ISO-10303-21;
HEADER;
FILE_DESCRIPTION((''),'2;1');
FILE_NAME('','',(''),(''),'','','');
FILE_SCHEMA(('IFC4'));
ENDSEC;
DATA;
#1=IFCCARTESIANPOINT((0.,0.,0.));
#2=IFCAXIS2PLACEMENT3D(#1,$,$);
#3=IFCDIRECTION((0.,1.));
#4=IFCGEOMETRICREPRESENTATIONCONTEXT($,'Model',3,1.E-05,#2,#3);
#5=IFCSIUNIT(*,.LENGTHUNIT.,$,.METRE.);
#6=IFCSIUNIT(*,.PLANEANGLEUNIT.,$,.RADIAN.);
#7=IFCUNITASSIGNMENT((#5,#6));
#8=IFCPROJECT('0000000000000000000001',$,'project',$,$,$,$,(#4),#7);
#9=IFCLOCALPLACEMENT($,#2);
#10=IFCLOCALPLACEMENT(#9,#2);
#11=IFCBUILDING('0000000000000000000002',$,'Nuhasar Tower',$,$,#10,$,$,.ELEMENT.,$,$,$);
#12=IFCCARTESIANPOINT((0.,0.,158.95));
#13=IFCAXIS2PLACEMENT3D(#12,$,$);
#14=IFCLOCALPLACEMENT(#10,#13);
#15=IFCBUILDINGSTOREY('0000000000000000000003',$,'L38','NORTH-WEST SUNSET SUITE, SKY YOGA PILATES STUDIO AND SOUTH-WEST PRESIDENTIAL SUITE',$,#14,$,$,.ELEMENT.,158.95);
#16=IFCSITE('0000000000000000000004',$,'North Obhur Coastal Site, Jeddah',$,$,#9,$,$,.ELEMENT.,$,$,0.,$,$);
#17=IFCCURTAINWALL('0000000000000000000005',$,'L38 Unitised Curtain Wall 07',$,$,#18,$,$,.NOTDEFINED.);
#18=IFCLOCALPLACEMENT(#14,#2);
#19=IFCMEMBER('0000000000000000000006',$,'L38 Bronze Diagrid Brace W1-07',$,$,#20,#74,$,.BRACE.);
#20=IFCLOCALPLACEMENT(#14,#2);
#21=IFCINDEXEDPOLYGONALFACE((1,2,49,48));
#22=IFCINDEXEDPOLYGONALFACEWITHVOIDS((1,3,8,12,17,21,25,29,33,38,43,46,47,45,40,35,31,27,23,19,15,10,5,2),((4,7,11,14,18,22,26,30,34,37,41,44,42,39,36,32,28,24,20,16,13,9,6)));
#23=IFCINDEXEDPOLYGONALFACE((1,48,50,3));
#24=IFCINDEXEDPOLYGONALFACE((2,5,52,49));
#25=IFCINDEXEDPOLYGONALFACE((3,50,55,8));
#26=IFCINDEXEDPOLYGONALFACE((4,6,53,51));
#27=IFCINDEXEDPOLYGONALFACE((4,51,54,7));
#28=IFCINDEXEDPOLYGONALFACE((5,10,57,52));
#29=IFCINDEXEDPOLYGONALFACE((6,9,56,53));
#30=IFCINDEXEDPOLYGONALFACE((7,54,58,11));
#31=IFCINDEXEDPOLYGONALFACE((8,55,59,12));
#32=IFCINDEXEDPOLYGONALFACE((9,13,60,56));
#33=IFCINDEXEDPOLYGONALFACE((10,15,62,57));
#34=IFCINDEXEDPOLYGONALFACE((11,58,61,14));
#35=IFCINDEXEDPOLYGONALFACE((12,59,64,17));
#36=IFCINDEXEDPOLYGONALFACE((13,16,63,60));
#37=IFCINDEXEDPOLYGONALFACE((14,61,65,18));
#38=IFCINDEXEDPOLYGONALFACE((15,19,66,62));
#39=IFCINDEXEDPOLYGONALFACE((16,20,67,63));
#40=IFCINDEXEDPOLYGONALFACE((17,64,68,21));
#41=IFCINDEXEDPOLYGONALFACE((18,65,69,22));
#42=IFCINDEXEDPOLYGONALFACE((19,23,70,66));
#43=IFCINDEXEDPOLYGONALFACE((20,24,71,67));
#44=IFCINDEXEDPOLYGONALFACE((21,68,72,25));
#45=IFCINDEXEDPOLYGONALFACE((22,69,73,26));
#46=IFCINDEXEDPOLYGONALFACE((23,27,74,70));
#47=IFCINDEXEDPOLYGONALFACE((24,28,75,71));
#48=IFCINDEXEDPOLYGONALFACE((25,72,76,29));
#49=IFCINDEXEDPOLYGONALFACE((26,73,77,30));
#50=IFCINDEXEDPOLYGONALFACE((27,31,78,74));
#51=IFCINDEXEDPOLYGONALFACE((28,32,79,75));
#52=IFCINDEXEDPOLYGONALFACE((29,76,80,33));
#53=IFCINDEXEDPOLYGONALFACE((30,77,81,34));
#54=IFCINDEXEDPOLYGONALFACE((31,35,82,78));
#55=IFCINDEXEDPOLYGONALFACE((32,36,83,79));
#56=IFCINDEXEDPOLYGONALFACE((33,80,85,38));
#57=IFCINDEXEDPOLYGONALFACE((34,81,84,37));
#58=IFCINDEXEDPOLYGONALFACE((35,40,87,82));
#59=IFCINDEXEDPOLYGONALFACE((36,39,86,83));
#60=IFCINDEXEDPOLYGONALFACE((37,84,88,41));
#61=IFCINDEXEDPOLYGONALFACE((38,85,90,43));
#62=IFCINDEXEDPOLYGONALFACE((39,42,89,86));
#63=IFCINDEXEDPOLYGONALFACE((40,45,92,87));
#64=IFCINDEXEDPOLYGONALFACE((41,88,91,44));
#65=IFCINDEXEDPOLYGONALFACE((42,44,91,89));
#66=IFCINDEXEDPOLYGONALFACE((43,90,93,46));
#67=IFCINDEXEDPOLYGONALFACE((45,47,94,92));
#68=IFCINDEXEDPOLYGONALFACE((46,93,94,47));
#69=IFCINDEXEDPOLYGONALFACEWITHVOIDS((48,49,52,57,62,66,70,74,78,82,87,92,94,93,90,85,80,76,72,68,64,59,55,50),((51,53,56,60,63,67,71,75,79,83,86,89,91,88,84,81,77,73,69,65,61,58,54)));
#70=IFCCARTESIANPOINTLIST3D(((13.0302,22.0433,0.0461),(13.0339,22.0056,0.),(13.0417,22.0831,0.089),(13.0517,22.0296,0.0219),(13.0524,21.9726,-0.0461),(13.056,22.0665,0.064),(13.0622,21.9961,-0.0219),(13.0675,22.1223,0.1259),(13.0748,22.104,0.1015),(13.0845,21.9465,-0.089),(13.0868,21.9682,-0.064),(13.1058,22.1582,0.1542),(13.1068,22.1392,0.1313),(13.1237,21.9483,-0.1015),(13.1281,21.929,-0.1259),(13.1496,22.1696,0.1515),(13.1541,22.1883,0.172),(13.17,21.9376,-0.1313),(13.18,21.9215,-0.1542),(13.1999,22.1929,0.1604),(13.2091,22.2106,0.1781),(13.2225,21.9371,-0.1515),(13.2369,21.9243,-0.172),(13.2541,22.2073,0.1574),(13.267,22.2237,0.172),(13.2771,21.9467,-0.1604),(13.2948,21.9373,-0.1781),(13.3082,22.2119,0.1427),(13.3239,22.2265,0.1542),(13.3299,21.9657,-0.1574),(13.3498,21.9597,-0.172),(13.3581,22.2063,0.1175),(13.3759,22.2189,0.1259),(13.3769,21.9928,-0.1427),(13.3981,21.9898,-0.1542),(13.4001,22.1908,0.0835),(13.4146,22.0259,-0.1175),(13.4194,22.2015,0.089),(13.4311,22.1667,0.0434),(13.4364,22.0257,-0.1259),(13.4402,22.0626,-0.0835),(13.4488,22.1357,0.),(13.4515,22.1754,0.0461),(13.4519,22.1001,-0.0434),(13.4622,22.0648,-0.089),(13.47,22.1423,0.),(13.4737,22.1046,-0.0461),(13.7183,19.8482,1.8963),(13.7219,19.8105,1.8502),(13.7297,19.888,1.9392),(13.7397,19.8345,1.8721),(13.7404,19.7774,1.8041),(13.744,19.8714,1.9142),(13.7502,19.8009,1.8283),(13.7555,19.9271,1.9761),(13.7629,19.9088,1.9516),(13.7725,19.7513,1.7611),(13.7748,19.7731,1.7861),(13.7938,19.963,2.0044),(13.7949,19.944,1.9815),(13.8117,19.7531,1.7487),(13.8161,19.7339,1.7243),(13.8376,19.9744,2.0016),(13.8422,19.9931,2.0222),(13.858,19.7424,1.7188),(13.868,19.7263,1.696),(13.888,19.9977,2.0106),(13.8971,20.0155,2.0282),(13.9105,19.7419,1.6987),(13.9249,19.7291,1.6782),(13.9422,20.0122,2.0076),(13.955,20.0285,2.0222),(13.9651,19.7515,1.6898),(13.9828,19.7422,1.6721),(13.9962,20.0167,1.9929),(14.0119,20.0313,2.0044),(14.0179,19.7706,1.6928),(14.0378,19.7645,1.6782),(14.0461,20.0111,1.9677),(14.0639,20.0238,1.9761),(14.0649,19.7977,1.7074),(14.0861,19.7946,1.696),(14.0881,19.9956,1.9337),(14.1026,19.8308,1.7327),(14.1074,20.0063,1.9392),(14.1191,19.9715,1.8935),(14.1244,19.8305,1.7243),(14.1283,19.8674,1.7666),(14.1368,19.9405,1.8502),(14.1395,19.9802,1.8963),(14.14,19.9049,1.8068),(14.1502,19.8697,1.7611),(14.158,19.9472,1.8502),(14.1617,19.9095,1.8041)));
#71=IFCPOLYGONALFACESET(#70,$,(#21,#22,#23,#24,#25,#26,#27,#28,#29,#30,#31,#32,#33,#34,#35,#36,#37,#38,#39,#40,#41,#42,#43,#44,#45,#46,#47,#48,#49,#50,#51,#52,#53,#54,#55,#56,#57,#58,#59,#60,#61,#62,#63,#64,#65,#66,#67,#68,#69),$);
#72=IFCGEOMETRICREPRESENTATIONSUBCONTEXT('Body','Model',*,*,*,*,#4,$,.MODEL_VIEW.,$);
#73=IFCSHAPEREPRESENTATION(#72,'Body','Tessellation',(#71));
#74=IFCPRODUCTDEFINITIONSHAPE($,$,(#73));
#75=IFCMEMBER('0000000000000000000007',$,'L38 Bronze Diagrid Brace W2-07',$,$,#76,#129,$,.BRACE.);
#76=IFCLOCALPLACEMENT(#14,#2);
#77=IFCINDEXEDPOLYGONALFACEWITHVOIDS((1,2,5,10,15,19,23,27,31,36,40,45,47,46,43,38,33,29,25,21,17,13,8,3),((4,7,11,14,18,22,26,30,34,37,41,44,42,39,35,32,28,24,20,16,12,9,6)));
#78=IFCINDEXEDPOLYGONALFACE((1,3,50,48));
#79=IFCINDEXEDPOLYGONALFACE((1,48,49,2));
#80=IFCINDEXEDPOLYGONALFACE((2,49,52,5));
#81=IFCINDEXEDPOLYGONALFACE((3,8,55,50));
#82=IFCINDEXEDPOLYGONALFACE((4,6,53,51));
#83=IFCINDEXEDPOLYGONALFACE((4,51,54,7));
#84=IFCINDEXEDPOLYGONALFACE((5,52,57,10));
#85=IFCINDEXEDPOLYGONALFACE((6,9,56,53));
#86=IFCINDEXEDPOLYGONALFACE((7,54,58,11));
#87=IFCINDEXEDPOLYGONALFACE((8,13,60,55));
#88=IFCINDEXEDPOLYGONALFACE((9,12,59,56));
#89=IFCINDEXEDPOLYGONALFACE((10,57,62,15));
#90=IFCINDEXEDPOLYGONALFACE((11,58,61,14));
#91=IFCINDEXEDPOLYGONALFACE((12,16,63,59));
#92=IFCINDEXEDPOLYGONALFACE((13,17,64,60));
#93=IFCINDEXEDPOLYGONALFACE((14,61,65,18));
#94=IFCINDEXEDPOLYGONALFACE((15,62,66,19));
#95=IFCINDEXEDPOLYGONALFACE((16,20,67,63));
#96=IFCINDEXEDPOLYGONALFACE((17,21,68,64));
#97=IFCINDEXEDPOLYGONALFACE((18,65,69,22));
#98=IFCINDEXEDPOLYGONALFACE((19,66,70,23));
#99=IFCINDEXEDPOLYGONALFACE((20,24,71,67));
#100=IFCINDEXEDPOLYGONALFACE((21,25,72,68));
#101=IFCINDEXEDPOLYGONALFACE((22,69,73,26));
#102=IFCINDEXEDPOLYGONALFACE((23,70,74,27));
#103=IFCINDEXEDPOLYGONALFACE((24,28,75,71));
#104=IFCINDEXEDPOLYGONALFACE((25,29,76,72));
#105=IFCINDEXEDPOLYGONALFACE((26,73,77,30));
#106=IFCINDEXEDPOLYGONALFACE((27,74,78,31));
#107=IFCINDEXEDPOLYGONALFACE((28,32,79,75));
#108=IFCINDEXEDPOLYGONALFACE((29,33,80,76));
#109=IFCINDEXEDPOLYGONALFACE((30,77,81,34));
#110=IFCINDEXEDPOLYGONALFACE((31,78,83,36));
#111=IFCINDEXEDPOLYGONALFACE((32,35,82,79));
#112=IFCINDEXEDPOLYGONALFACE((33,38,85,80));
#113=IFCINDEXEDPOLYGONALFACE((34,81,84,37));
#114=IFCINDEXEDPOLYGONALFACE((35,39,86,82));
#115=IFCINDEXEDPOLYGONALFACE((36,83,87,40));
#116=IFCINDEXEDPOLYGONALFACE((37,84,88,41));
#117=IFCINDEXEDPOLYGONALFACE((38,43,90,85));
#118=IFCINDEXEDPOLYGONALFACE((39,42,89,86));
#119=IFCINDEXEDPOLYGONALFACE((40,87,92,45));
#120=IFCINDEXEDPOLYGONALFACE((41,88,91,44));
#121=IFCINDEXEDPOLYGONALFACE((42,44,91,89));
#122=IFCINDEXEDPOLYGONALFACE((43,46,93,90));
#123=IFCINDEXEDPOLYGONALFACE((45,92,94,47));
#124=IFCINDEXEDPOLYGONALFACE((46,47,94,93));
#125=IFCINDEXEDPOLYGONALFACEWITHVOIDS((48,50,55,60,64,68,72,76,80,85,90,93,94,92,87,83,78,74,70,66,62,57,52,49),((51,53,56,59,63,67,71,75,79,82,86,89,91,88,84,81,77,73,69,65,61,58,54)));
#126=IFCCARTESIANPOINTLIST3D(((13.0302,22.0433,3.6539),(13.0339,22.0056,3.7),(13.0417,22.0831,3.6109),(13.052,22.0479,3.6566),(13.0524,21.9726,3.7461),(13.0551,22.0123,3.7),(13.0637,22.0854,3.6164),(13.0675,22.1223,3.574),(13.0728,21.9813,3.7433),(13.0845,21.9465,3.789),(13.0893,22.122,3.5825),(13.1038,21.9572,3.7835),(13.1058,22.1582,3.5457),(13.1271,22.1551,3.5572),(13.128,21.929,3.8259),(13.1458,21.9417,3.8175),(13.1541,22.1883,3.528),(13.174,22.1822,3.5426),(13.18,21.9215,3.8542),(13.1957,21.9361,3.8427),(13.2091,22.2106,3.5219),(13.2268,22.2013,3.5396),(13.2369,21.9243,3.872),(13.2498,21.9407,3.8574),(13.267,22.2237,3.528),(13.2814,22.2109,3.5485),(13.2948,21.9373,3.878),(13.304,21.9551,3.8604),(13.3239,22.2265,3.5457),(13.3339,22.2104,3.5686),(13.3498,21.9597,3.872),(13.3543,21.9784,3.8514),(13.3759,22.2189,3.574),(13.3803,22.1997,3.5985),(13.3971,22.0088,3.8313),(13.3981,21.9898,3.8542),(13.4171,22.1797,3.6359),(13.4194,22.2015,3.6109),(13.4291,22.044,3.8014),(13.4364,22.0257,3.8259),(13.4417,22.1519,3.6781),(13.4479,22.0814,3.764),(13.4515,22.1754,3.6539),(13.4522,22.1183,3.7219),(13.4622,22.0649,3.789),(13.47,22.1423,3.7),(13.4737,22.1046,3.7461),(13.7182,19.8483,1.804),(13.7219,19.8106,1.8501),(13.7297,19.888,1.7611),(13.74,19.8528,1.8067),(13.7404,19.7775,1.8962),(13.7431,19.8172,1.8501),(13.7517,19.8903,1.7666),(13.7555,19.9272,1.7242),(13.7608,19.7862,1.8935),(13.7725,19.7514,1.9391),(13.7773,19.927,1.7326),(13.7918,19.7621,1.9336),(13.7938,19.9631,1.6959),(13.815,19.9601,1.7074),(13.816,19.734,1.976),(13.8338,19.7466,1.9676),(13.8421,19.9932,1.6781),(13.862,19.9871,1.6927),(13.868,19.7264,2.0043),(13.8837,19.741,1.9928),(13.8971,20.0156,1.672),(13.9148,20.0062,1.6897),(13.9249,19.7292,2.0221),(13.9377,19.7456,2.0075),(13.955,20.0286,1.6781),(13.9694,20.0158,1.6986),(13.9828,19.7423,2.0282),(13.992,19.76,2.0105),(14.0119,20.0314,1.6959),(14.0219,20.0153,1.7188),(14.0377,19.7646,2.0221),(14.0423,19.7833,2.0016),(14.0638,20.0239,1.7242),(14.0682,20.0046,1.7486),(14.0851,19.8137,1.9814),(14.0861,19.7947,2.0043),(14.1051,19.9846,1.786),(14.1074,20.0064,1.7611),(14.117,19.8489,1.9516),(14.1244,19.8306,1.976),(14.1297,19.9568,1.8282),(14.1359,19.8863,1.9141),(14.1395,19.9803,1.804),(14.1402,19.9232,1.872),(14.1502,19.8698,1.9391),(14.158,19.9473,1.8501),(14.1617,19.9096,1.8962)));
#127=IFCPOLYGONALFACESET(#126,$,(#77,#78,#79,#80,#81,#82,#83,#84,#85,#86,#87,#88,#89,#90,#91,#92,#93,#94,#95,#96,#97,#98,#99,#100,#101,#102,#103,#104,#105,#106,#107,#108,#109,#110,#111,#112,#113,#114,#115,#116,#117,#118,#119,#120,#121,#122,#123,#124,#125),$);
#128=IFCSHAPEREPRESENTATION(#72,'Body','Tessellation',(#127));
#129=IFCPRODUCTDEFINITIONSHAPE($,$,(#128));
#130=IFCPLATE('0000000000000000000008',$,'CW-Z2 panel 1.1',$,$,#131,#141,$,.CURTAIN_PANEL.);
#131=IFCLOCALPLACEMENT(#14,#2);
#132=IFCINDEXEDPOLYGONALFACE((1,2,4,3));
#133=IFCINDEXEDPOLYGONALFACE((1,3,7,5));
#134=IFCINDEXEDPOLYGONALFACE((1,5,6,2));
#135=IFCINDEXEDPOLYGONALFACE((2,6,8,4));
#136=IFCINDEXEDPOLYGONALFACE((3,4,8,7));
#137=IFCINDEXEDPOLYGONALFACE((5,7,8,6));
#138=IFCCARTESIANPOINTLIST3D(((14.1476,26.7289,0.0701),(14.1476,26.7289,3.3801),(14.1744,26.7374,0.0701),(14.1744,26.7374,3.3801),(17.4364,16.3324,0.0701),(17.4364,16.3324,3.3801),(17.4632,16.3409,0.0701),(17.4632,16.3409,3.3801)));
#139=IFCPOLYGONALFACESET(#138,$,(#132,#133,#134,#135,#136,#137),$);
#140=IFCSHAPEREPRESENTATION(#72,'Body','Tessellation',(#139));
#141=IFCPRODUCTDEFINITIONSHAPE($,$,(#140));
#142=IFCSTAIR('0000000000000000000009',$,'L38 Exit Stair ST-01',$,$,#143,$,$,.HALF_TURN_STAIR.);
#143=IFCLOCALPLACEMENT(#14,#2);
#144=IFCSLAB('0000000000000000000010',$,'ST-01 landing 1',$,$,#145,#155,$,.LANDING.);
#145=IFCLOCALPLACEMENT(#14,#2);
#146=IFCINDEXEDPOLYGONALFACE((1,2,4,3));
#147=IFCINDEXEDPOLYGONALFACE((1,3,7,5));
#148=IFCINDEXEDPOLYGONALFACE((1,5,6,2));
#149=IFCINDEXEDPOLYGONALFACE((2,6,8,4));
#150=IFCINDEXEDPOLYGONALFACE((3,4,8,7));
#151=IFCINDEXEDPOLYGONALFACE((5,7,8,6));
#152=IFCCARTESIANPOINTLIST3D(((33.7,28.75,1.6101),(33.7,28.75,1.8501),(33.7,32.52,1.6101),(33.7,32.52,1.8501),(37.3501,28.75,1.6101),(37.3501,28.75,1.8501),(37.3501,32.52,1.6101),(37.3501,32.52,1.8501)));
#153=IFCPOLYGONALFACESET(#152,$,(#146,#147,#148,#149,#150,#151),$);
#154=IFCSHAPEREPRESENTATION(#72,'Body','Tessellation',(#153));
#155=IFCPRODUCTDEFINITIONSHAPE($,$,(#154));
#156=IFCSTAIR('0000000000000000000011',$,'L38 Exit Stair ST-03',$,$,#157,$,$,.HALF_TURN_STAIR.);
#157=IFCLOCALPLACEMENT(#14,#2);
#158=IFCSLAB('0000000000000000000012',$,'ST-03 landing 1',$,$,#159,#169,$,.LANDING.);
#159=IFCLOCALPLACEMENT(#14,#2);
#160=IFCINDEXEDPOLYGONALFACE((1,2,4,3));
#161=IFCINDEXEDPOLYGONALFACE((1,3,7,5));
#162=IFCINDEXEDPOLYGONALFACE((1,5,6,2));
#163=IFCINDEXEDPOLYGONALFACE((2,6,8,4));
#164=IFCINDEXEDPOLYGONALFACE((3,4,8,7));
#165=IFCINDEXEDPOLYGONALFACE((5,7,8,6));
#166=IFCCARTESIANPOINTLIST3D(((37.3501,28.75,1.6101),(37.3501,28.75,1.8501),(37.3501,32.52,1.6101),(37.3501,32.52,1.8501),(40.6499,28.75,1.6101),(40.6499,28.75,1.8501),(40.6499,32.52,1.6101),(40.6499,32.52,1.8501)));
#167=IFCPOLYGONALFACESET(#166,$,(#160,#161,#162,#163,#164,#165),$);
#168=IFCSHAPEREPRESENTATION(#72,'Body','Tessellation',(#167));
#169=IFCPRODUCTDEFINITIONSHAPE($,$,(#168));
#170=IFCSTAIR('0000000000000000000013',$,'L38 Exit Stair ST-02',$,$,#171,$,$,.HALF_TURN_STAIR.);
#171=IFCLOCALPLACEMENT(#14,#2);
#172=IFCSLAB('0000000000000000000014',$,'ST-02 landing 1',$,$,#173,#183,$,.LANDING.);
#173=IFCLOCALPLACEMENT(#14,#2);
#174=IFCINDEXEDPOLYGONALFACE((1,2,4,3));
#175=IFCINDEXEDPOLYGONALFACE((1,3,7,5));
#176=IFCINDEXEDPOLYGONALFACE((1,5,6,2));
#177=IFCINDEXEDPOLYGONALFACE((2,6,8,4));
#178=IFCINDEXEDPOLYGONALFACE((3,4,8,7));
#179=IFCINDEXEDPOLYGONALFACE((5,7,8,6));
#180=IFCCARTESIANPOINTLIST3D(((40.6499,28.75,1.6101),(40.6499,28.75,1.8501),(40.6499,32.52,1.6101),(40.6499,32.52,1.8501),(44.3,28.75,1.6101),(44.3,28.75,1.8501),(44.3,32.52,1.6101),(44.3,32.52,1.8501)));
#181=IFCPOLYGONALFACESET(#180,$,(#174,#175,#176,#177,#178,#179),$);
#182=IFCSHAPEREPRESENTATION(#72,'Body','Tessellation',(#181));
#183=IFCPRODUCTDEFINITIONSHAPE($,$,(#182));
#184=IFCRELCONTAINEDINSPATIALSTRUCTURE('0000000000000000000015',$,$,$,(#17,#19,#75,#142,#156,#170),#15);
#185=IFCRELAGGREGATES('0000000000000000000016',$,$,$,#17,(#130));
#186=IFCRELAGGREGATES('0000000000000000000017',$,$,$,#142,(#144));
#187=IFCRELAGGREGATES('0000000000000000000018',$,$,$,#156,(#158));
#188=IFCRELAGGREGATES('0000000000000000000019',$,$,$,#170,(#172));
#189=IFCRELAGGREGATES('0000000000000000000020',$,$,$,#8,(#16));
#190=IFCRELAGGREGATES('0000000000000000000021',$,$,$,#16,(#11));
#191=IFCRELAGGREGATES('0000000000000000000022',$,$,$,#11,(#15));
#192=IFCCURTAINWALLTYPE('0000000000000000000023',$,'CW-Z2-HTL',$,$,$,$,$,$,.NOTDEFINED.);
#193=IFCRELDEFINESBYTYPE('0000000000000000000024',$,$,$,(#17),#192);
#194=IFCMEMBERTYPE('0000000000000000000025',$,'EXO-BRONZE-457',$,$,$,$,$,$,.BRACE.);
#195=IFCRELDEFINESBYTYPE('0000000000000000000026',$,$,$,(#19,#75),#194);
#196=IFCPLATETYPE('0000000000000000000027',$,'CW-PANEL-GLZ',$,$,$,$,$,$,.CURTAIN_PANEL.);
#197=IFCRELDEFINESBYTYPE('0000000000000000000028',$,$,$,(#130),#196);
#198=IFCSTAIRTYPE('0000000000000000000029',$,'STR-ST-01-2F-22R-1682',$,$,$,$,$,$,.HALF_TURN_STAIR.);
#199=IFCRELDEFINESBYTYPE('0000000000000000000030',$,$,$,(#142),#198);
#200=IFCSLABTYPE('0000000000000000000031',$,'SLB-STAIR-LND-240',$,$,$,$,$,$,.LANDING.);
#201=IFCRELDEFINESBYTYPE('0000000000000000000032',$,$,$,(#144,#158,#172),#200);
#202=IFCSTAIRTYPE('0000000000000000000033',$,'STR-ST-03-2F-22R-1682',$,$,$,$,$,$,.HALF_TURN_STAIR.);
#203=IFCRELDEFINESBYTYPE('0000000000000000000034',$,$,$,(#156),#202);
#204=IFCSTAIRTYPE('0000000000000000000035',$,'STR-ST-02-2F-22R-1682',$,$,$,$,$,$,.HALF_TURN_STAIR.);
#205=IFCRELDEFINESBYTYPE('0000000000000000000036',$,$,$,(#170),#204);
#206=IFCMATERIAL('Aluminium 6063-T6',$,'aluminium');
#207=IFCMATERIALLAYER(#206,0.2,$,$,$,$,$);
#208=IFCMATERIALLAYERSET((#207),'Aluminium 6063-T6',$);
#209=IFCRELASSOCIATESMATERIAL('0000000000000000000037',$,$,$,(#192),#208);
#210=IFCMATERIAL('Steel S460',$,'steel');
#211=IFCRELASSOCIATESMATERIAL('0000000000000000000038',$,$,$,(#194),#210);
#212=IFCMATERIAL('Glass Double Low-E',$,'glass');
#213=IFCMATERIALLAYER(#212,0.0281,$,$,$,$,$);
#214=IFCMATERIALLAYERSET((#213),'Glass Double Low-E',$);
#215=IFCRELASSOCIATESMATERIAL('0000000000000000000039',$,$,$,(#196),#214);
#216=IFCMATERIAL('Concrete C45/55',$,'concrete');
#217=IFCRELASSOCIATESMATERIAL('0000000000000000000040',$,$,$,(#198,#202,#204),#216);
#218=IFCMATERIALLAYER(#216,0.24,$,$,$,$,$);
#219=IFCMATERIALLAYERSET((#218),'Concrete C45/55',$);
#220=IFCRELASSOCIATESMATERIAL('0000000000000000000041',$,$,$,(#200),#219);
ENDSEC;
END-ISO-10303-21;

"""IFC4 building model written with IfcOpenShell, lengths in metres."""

from ifc_helpers import new_model, si_unit, direction, frame, origin, origin_2d, place, context, subcontext, project, spatial, polyline, rectangle, hollow_circle, outline, extrude, material, layer, layer_set, material_profile, profile_set, type_object, element, aggregate, save


model = new_model("IFC4")

# Units and contexts
model_context = context("Model", 3, precision=1e-05, world=origin(), true_north=direction((0.0, 1.0)))
body_context = subcontext(model_context, "Body", "Model", "MODEL_VIEW")
ifc_project = project(units=[si_unit("LENGTHUNIT", "METRE"), si_unit("PLANEANGLEUNIT", "RADIAN")], contexts=[model_context])

# Site, building, storey
site_placement = place(None, origin())
site = spatial("IfcSite", under=ifc_project, at=site_placement, Name="North Obhur Coastal Site, Jeddah", CompositionType="ELEMENT", RefElevation=0.0)
building_placement = place(site_placement, origin())
building = spatial("IfcBuilding", under=site, at=building_placement, Name="Nuhasar Tower", CompositionType="ELEMENT")
storey_placement = place(building_placement, frame((0.0, 0.0, 158.95)))
storey = spatial("IfcBuildingStorey", under=building, at=storey_placement, Name="L38", Description="NORTH-WEST SUNSET SUITE, SKY YOGA PILATES STUDIO AND SOUTH-WEST PRESIDENTIAL SUITE", CompositionType="ELEMENT", Elevation=158.95)

# Curtain wall
ifc_material_1 = material(Name="Aluminium 6063-T6", Category="aluminium")
ifc_layer_1 = layer(ifc_material_1, 0.2)
ifc_layer_set_1 = layer_set([ifc_layer_1], Name="Aluminium 6063-T6")
curtain_wall_type = type_object("IfcCurtainWallType", Name="CW-Z2-HTL", PredefinedType="NOTDEFINED", material=ifc_layer_set_1)
curtain_wall_1_placement = place(storey_placement, origin())
curtain_wall_1 = element("IfcCurtainWall", 1, at=curtain_wall_1_placement, inside=storey, type_object=curtain_wall_type, Name="L38 Unitised Curtain Wall 07", PredefinedType="NOTDEFINED")

# Members
ifc_material_2 = material(Name="Steel S460", Category="steel")
ifc_material_profile_1 = material_profile(ifc_material_2, hollow_circle(Radius=0.2285, WallThickness=0.0222, at=origin_2d()), Name="HSS457X22.2")
ifc_profile_set_1 = profile_set([ifc_material_profile_1], Name="Steel S460")
member_type_1 = type_object("IfcMemberType", Name="EXO-BRONZE-457", PredefinedType="BRACE", material=ifc_profile_set_1)
member_1_placement = place(storey_placement, frame((13.252, 22.074, 0.0), z_axis=(0.233056, -0.743578, 0.626719), x_axis=(0.954228, 0.299079, 0.0)))
element("IfcMember", 2, at=member_1_placement, inside=storey, type_object=member_type_1, Name="L38 Bronze Diagrid Brace W1-07", PredefinedType="BRACE", context=body_context, shape_type="SweptSolid", body=[
    extrude(hollow_circle(Radius=0.2285, WallThickness=0.0222, at=origin_2d()), origin(), (0.0, 0.0, 1.0), 2.9521),
])
member_2_placement = place(storey_placement, frame((13.9399, 19.8789, 1.8501), z_axis=(-0.233068, 0.743616, 0.626669), x_axis=(-0.954228, -0.299079, 0.0)))
element("IfcMember", 3, at=member_2_placement, inside=storey, type_object=member_type_1, Name="L38 Bronze Diagrid Brace W2-07", PredefinedType="BRACE", context=body_context, shape_type="SweptSolid", body=[
    extrude(hollow_circle(Radius=0.2285, WallThickness=0.0222, at=origin_2d()), origin(), (0.0, 0.0, 1.0), 2.9519),
])

# Plate
ifc_material_3 = material(Name="Glass Double Low-E", Category="glass")
ifc_layer_2 = layer(ifc_material_3, 0.0281)
ifc_layer_set_2 = layer_set([ifc_layer_2], Name="Glass Double Low-E")
plate_type = type_object("IfcPlateType", Name="CW-PANEL-GLZ", PredefinedType="CURTAIN_PANEL", material=ifc_layer_set_2)
plate_placement = place(storey_placement, frame((15.8054, 21.5349, 0.0701), z_axis=(0.0, 0.0, 1.0), x_axis=(0.301604, -0.953433, 0.0)))
plate = element("IfcPlate", 4, at=plate_placement, type_object=plate_type, Name="CW-Z2 panel 1.1", PredefinedType="CURTAIN_PANEL", context=body_context, shape_type="SweptSolid", body=[
    extrude(rectangle(XDim=10.9043, YDim=0.0281, at=origin_2d()), origin(), (0.0, 0.0, 1.0), 3.3101),
])
aggregate(curtain_wall_1, [plate])

# Stairs, slabs
ifc_material_4 = material(Name="Concrete C45/55", Category="concrete")
stair_type_1 = type_object("IfcStairType", Name="STR-ST-01-2F-22R-1682", PredefinedType="HALF_TURN_STAIR", material=ifc_material_4)
stair_1_placement = place(storey_placement, origin())
stair_1 = element("IfcStair", 5, at=stair_1_placement, inside=storey, type_object=stair_type_1, Name="L38 Exit Stair ST-01", PredefinedType="HALF_TURN_STAIR")
ifc_layer_3 = layer(ifc_material_4, 0.24)
ifc_layer_set_3 = layer_set([ifc_layer_3], Name="Concrete C45/55")
slab_type_1 = type_object("IfcSlabType", Name="SLB-STAIR-LND-240", PredefinedType="LANDING", material=ifc_layer_set_3)
slab_1_placement = place(storey_placement, frame((0.0, 0.0, 1.6101)))
slab_1 = element("IfcSlab", 6, at=slab_1_placement, type_object=slab_type_1, Name="ST-01 landing 1", PredefinedType="LANDING", context=body_context, shape_type="SweptSolid", body=[
    extrude(outline(polyline([(33.7, 28.75), (37.3501, 28.75), (37.3501, 32.52), (33.7, 32.52), (33.7, 28.75)])), origin(), (0.0, 0.0, 1.0), 0.24),
])
aggregate(stair_1, [slab_1])
stair_type_2 = type_object("IfcStairType", Name="STR-ST-03-2F-22R-1682", PredefinedType="HALF_TURN_STAIR", material=ifc_material_4)
stair_2_placement = place(storey_placement, origin())
stair_2 = element("IfcStair", 7, at=stair_2_placement, inside=storey, type_object=stair_type_2, Name="L38 Exit Stair ST-03", PredefinedType="HALF_TURN_STAIR")
slab_2_placement = place(storey_placement, frame((0.0, 0.0, 1.6101)))
slab_2 = element("IfcSlab", 8, at=slab_2_placement, type_object=slab_type_1, Name="ST-03 landing 1", PredefinedType="LANDING", context=body_context, shape_type="SweptSolid", body=[
    extrude(outline(polyline([(37.3501, 28.75), (40.6499, 28.75), (40.6499, 32.52), (37.3501, 32.52), (37.3501, 28.75)])), origin(), (0.0, 0.0, 1.0), 0.24),
])
aggregate(stair_2, [slab_2])
stair_type_3 = type_object("IfcStairType", Name="STR-ST-02-2F-22R-1682", PredefinedType="HALF_TURN_STAIR", material=ifc_material_4)
stair_3_placement = place(storey_placement, origin())
stair_3 = element("IfcStair", 9, at=stair_3_placement, inside=storey, type_object=stair_type_3, Name="L38 Exit Stair ST-02", PredefinedType="HALF_TURN_STAIR")
slab_3_placement = place(storey_placement, frame((0.0, 0.0, 1.6101)))
slab_3 = element("IfcSlab", 10, at=slab_3_placement, type_object=slab_type_1, Name="ST-02 landing 1", PredefinedType="LANDING", context=body_context, shape_type="SweptSolid", body=[
    extrude(outline(polyline([(40.6499, 28.75), (44.3, 28.75), (44.3, 32.52), (40.6499, 32.52), (40.6499, 28.75)])), origin(), (0.0, 0.0, 1.0), 0.24),
])
aggregate(stair_3, [slab_3])

save(model, "model.ifc")
